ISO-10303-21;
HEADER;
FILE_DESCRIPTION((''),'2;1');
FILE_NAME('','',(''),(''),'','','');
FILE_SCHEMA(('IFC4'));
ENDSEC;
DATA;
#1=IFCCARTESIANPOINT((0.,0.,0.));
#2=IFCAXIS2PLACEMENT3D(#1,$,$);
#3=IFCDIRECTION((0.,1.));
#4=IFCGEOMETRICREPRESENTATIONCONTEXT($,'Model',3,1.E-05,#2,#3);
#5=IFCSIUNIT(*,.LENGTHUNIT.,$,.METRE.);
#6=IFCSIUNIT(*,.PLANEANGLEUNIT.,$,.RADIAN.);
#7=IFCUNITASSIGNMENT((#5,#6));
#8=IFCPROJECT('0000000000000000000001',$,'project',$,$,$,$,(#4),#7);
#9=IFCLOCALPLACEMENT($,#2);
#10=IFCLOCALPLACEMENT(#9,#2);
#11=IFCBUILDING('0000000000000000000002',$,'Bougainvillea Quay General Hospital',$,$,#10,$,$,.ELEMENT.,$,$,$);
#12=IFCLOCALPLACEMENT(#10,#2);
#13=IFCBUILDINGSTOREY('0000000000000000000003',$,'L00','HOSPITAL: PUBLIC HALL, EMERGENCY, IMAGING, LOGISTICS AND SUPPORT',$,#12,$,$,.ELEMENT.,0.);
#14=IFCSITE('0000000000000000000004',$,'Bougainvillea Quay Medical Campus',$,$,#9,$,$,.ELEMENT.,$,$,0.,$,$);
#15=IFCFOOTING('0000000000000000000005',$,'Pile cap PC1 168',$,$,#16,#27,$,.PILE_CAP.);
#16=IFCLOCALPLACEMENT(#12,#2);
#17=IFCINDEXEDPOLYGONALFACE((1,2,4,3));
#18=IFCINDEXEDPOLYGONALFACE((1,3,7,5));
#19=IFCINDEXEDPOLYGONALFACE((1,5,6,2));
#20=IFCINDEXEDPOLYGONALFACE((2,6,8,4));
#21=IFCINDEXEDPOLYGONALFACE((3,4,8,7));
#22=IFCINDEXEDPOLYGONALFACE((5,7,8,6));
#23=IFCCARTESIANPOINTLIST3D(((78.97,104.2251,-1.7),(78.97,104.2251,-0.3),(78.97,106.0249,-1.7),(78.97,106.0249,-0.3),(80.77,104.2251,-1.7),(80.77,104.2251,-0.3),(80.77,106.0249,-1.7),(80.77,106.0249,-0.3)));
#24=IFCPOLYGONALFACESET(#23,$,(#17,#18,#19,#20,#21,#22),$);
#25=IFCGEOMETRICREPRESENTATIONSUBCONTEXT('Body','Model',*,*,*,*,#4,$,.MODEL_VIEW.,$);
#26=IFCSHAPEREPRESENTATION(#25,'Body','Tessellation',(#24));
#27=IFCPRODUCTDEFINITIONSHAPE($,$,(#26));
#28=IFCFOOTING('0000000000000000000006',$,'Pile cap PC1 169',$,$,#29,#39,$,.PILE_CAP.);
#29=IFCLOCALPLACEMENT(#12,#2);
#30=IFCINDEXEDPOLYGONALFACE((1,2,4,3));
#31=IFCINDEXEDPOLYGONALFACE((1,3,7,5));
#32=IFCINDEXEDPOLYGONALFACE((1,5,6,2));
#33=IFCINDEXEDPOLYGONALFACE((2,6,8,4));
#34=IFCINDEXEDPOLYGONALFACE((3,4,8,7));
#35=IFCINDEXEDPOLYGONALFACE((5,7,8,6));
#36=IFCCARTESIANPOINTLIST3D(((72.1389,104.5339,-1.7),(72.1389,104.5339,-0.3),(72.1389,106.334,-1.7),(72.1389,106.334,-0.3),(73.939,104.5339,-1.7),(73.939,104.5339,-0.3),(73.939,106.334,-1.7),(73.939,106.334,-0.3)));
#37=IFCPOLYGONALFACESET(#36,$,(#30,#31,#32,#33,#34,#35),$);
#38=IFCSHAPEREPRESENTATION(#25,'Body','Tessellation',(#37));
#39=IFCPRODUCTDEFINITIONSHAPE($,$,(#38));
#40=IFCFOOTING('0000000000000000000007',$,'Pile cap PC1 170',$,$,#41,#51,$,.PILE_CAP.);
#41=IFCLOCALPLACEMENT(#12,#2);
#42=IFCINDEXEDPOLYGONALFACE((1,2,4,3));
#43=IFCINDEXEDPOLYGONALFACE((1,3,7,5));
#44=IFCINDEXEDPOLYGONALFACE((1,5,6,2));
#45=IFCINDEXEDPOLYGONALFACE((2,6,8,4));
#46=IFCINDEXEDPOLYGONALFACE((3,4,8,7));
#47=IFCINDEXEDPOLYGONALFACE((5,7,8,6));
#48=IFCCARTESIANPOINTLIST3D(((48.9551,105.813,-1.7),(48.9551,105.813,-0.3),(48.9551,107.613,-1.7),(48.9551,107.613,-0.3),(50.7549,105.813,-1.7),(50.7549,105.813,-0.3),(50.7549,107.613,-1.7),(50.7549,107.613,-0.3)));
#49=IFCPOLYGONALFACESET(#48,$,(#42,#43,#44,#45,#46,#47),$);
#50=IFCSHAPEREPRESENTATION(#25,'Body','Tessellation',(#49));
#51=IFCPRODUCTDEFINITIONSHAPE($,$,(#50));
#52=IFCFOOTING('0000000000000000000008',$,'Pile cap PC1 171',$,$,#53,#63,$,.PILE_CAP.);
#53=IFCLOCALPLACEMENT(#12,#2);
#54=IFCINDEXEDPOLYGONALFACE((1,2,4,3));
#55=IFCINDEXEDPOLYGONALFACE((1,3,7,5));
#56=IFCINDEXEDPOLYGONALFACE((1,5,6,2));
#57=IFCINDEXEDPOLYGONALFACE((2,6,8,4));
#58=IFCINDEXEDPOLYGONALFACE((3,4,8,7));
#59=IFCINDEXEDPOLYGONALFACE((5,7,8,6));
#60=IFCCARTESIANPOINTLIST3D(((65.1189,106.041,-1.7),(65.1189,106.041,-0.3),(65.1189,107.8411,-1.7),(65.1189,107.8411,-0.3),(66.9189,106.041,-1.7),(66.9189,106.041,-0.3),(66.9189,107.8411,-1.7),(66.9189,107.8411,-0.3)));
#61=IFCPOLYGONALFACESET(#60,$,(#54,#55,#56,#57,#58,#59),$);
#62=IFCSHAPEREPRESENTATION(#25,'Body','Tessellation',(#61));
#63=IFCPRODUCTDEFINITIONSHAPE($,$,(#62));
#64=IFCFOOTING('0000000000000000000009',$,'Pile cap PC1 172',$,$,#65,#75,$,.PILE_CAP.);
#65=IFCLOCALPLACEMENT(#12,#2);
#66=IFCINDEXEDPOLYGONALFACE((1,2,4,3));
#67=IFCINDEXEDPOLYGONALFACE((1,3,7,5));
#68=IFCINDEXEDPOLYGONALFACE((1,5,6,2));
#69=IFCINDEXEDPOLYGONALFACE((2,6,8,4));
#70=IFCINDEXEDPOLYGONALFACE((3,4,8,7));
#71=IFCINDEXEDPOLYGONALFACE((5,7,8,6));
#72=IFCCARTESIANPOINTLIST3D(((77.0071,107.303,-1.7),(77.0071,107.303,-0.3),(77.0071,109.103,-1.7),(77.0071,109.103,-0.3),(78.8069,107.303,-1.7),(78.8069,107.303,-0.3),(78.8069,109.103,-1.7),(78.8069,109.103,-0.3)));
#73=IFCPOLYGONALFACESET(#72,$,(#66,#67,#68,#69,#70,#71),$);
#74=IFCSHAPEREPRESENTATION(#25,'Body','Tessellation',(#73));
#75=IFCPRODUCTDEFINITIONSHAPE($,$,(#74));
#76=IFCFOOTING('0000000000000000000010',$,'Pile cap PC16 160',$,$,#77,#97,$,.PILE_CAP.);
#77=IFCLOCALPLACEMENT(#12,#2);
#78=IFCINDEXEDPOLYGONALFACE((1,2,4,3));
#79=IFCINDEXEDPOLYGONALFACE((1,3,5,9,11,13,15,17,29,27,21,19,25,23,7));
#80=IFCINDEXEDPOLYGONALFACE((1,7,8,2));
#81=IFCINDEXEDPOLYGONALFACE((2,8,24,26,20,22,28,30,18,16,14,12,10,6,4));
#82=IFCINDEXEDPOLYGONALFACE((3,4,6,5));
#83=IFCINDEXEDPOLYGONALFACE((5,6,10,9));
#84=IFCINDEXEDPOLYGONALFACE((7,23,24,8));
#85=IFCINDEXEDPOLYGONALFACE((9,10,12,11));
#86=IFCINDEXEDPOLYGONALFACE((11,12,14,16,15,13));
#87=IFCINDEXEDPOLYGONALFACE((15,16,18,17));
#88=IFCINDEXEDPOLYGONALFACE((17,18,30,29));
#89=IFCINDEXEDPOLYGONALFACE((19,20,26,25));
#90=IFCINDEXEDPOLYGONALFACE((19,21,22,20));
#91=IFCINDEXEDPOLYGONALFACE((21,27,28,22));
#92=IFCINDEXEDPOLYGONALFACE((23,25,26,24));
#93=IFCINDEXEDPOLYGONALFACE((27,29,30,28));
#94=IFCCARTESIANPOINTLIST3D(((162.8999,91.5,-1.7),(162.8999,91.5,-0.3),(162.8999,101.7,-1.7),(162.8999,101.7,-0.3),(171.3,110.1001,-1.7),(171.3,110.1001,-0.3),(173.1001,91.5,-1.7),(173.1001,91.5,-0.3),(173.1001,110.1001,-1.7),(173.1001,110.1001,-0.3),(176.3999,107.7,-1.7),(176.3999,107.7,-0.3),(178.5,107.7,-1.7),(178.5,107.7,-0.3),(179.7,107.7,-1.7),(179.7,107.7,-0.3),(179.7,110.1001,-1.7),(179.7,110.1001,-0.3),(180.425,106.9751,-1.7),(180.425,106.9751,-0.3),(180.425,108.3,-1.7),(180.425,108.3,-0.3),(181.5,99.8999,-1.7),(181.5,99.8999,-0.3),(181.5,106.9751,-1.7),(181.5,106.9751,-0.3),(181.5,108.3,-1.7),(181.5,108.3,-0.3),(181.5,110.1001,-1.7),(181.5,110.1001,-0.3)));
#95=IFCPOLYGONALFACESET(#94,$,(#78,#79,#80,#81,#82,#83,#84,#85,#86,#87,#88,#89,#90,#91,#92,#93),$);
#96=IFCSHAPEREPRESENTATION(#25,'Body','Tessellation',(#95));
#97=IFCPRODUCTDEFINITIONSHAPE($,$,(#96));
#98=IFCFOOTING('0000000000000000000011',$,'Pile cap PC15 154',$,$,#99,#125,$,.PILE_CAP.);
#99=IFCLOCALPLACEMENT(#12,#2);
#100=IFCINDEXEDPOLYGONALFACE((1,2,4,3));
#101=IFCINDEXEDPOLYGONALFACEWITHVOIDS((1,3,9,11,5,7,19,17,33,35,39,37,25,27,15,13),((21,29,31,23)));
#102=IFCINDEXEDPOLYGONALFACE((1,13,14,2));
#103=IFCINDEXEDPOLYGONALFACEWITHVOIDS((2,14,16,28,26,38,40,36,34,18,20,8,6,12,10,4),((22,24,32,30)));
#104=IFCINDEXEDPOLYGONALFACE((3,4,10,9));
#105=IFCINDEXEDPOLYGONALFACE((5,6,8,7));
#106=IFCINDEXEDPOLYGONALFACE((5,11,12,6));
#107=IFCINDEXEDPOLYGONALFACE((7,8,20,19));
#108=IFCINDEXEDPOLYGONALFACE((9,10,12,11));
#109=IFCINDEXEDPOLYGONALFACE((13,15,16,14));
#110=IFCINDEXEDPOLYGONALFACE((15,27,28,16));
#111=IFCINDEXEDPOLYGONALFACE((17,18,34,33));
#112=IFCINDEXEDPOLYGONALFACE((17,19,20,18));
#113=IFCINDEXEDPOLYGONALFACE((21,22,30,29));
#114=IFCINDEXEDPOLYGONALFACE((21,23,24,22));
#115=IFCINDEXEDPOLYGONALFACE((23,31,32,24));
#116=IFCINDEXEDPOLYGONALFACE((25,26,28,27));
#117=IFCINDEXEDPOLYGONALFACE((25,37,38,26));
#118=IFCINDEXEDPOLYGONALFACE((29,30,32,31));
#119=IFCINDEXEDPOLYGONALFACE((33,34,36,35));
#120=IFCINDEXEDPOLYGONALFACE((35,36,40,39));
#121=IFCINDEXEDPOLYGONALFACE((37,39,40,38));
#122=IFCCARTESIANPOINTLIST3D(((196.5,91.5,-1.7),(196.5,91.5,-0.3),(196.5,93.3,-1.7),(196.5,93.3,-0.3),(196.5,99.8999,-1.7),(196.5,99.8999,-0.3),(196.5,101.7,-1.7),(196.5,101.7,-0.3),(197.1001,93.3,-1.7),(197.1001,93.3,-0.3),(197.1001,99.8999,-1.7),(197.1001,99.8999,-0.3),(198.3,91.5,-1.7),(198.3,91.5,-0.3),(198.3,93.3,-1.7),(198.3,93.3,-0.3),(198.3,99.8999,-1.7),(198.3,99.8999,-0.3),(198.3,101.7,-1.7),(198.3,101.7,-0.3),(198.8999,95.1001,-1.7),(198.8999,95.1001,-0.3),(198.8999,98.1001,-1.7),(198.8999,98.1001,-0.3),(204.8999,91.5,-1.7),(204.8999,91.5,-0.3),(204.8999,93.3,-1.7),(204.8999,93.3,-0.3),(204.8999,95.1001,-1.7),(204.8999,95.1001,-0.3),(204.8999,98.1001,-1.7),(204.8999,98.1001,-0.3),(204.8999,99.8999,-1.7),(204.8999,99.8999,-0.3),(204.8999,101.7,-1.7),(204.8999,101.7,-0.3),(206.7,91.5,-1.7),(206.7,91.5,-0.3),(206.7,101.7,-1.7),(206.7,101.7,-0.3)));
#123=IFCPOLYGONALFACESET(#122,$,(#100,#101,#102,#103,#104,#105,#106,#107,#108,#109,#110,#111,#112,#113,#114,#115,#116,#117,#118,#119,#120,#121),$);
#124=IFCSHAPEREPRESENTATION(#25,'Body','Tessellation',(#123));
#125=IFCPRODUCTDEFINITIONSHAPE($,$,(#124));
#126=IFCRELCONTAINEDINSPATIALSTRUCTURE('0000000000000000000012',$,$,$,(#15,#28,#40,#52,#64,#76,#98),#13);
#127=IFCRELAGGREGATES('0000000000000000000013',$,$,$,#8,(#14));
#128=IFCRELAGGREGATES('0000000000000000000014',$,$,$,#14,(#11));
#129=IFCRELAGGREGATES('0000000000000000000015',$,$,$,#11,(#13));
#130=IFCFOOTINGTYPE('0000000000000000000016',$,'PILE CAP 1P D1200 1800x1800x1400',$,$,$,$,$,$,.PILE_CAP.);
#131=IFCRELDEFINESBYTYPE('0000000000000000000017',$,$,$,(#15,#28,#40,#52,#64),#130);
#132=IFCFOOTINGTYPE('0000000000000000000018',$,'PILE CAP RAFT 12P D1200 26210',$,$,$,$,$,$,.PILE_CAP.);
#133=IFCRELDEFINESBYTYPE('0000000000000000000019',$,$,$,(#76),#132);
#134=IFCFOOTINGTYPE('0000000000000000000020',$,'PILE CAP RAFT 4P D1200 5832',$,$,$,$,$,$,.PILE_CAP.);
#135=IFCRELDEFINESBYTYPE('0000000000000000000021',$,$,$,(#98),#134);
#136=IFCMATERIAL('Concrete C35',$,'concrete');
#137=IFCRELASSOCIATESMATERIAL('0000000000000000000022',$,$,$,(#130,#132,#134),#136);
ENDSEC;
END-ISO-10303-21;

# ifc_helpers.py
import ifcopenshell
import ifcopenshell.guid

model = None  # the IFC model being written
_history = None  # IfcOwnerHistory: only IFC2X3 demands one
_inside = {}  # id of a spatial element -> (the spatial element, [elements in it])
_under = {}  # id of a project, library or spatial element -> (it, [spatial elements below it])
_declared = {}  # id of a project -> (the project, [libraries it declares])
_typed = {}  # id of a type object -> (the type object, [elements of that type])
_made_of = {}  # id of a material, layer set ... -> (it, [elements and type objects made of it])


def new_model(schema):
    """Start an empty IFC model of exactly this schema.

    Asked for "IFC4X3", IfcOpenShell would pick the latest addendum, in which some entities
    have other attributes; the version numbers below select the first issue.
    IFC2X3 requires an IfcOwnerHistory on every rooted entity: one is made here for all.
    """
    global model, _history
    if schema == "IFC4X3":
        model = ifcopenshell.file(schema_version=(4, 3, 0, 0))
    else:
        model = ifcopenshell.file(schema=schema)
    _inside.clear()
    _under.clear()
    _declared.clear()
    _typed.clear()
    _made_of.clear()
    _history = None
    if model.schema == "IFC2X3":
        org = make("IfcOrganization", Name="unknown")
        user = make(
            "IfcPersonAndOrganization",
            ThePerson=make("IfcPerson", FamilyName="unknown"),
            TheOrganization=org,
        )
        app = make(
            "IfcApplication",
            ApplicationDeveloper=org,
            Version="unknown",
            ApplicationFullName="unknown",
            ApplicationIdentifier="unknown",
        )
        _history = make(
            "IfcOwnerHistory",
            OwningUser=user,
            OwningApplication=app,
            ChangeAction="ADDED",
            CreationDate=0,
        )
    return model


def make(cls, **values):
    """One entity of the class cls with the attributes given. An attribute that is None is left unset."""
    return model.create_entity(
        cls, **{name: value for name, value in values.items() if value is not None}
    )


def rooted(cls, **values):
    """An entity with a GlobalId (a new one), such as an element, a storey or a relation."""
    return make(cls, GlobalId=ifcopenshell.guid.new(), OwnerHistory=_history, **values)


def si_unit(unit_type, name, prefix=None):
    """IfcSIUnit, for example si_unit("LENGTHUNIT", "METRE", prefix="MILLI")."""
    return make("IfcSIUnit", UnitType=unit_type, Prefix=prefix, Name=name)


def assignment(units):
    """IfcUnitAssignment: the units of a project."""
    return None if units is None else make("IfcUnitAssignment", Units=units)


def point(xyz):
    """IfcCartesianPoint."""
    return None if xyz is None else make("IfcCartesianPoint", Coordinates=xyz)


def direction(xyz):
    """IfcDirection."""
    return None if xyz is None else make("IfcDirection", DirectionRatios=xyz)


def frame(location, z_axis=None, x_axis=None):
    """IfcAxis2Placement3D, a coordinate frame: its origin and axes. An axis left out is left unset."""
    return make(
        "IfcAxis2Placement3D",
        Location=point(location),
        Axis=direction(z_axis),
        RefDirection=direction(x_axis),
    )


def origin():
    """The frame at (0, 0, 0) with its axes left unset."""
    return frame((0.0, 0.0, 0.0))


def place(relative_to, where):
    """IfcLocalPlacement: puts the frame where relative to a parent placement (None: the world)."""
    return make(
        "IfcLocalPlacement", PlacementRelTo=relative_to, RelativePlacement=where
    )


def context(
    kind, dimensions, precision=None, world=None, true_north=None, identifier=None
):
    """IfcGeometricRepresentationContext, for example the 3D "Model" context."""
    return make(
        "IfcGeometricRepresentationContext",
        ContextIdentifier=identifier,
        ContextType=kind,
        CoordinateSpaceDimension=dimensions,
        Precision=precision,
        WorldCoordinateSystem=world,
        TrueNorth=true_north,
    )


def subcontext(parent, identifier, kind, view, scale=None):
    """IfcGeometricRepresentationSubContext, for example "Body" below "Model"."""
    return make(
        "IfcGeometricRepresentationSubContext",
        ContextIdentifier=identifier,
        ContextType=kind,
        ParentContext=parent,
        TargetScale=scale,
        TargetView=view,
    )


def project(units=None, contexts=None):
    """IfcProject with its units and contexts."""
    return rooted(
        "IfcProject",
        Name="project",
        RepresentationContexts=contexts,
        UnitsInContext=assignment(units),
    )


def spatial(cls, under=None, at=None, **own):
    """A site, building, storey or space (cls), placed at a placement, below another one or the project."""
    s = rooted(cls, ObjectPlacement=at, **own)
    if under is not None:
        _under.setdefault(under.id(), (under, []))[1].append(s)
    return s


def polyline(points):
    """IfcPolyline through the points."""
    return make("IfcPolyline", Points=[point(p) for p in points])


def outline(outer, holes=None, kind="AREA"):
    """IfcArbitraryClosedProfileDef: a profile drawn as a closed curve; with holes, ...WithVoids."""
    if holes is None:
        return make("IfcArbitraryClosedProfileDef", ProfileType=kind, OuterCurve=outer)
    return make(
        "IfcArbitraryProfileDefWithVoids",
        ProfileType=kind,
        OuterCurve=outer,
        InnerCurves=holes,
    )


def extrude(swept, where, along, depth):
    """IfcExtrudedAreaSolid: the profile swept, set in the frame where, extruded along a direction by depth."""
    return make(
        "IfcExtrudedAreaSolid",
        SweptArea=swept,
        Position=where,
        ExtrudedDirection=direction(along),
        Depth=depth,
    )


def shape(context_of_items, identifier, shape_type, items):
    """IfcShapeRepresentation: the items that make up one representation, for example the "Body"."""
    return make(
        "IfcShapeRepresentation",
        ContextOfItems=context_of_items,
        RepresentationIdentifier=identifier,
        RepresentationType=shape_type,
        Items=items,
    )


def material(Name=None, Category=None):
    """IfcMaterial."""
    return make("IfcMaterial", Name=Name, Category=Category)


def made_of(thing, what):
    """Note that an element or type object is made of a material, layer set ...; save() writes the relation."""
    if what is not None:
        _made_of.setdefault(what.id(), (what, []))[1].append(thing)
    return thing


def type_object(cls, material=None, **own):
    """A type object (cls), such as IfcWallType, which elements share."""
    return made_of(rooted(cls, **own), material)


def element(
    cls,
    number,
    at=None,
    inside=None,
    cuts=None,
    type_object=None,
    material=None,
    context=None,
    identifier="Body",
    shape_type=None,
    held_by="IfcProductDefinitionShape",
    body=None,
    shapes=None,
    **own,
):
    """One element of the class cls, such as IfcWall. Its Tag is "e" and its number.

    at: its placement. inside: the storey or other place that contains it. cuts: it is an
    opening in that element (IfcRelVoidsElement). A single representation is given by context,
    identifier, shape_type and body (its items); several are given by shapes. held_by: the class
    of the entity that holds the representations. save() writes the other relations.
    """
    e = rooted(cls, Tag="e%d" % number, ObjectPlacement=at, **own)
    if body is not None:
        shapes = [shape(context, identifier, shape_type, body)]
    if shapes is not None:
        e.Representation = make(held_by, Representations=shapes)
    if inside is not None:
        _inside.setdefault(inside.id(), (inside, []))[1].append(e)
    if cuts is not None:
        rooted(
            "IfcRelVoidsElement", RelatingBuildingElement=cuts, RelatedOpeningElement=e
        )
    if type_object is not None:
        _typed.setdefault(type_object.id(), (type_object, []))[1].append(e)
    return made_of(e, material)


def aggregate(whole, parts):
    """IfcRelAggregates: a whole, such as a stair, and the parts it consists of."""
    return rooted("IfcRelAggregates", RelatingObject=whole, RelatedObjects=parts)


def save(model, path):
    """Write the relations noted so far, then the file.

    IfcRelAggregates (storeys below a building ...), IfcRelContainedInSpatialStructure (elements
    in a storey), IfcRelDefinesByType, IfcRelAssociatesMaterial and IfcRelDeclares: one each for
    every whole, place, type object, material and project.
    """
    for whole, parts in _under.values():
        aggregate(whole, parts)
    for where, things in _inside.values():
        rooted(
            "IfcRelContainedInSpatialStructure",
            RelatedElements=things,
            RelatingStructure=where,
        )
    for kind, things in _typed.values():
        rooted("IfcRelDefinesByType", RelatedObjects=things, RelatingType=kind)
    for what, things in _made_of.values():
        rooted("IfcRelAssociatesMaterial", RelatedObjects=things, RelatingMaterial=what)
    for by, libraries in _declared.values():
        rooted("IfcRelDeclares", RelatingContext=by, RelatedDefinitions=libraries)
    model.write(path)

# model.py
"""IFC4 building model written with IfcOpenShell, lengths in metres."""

from ifc_helpers import new_model, si_unit, direction, frame, origin, place, context, subcontext, project, spatial, polyline, outline, extrude, material, type_object, element, save


model = new_model("IFC4")

# Units and contexts
model_context = context("Model", 3, precision=1e-05, world=origin(), true_north=direction((0.0, 1.0)))
body_context = subcontext(model_context, "Body", "Model", "MODEL_VIEW")
ifc_project = project(units=[si_unit("LENGTHUNIT", "METRE"), si_unit("PLANEANGLEUNIT", "RADIAN")], contexts=[model_context])

# Site, building, storey
site_placement = place(None, origin())
site = spatial("IfcSite", under=ifc_project, at=site_placement, Name="Bougainvillea Quay Medical Campus", CompositionType="ELEMENT", RefElevation=0.0)
building_placement = place(site_placement, origin())
building = spatial("IfcBuilding", under=site, at=building_placement, Name="Bougainvillea Quay General Hospital", CompositionType="ELEMENT")
storey_placement = place(building_placement, origin())
storey = spatial("IfcBuildingStorey", under=building, at=storey_placement, Name="L00", Description="HOSPITAL: PUBLIC HALL, EMERGENCY, IMAGING, LOGISTICS AND SUPPORT", CompositionType="ELEMENT", Elevation=0.0)

# Footings
ifc_material = material(Name="Concrete C35", Category="concrete")
footing_type_1 = type_object("IfcFootingType", Name="PILE CAP 1P D1200 1800x1800x1400", PredefinedType="PILE_CAP", material=ifc_material)
footing_1_placement = place(storey_placement, frame((0.0, 0.0, -1.7)))
element("IfcFooting", 1, at=footing_1_placement, inside=storey, type_object=footing_type_1, Name="Pile cap PC1 168", PredefinedType="PILE_CAP", context=body_context, shape_type="SweptSolid", body=[
    extrude(outline(polyline([(78.97, 104.2251), (80.77, 104.2251), (80.77, 106.0249), (78.97, 106.0249), (78.97, 104.2251)])), origin(), (0.0, 0.0, 1.0), 1.3999),
])
footing_2_placement = place(storey_placement, frame((0.0, 0.0, -1.7)))
element("IfcFooting", 2, at=footing_2_placement, inside=storey, type_object=footing_type_1, Name="Pile cap PC1 169", PredefinedType="PILE_CAP", context=body_context, shape_type="SweptSolid", body=[
    extrude(outline(polyline([(72.1389, 104.5339), (73.939, 104.5339), (73.939, 106.334), (72.1389, 106.334), (72.1389, 104.5339)])), origin(), (0.0, 0.0, 1.0), 1.3999),
])
footing_3_placement = place(storey_placement, frame((0.0, 0.0, -1.7)))
element("IfcFooting", 3, at=footing_3_placement, inside=storey, type_object=footing_type_1, Name="Pile cap PC1 170", PredefinedType="PILE_CAP", context=body_context, shape_type="SweptSolid", body=[
    extrude(outline(polyline([(48.9551, 105.813), (50.7549, 105.813), (50.7549, 107.613), (48.9551, 107.613), (48.9551, 105.813)])), origin(), (0.0, 0.0, 1.0), 1.3999),
])
footing_4_placement = place(storey_placement, frame((0.0, 0.0, -1.7)))
element("IfcFooting", 4, at=footing_4_placement, inside=storey, type_object=footing_type_1, Name="Pile cap PC1 171", PredefinedType="PILE_CAP", context=body_context, shape_type="SweptSolid", body=[
    extrude(outline(polyline([(65.1189, 106.041), (66.9189, 106.041), (66.9189, 107.8411), (65.1189, 107.8411), (65.1189, 106.041)])), origin(), (0.0, 0.0, 1.0), 1.3999),
])
footing_5_placement = place(storey_placement, frame((0.0, 0.0, -1.7)))
element("IfcFooting", 5, at=footing_5_placement, inside=storey, type_object=footing_type_1, Name="Pile cap PC1 172", PredefinedType="PILE_CAP", context=body_context, shape_type="SweptSolid", body=[
    extrude(outline(polyline([(77.0071, 107.303), (78.8069, 107.303), (78.8069, 109.103), (77.0071, 109.103), (77.0071, 107.303)])), origin(), (0.0, 0.0, 1.0), 1.3999),
])
footing_type_2 = type_object("IfcFootingType", Name="PILE CAP RAFT 12P D1200 26210", PredefinedType="PILE_CAP", material=ifc_material)
footing_6_placement = place(storey_placement, frame((0.0, 0.0, -1.7)))
element("IfcFooting", 6, at=footing_6_placement, inside=storey, type_object=footing_type_2, Name="Pile cap PC16 160", PredefinedType="PILE_CAP", context=body_context, shape_type="SweptSolid", body=[
    extrude(outline(polyline([(179.7, 110.1001), (181.5, 110.1001), (181.5, 108.3), (180.425, 108.3), (180.425, 106.9751), (181.5, 106.9751), (181.5, 99.8999), (173.1001, 91.5), (162.8999, 91.5), (162.8999, 101.7), (171.3, 110.1001), (173.1001, 110.1001), (176.3999, 107.7), (178.5, 107.7), (179.7, 107.7), (179.7, 110.1001)])), origin(), (0.0, 0.0, 1.0), 1.3999),
])
footing_type_3 = type_object("IfcFootingType", Name="PILE CAP RAFT 4P D1200 5832", PredefinedType="PILE_CAP", material=ifc_material)
footing_7_placement = place(storey_placement, frame((0.0, 0.0, -1.7)))
element("IfcFooting", 7, at=footing_7_placement, inside=storey, type_object=footing_type_3, Name="Pile cap PC15 154", PredefinedType="PILE_CAP", context=body_context, shape_type="SweptSolid", body=[
    extrude(outline(polyline([(206.7, 91.5), (204.8999, 91.5), (204.8999, 93.3), (198.3, 93.3), (198.3, 91.5), (196.5, 91.5), (196.5, 93.3), (197.1001, 93.3), (197.1001, 99.8999), (196.5, 99.8999), (196.5, 101.7), (198.3, 101.7), (198.3, 99.8999), (204.8999, 99.8999), (204.8999, 101.7), (206.7, 101.7), (206.7, 91.5)]), holes=[polyline([(198.8999, 98.1001), (198.8999, 95.1001), (204.8999, 95.1001), (204.8999, 98.1001), (198.8999, 98.1001)])]), origin(), (0.0, 0.0, 1.0), 1.3999),
])

save(model, "model.ifc")
